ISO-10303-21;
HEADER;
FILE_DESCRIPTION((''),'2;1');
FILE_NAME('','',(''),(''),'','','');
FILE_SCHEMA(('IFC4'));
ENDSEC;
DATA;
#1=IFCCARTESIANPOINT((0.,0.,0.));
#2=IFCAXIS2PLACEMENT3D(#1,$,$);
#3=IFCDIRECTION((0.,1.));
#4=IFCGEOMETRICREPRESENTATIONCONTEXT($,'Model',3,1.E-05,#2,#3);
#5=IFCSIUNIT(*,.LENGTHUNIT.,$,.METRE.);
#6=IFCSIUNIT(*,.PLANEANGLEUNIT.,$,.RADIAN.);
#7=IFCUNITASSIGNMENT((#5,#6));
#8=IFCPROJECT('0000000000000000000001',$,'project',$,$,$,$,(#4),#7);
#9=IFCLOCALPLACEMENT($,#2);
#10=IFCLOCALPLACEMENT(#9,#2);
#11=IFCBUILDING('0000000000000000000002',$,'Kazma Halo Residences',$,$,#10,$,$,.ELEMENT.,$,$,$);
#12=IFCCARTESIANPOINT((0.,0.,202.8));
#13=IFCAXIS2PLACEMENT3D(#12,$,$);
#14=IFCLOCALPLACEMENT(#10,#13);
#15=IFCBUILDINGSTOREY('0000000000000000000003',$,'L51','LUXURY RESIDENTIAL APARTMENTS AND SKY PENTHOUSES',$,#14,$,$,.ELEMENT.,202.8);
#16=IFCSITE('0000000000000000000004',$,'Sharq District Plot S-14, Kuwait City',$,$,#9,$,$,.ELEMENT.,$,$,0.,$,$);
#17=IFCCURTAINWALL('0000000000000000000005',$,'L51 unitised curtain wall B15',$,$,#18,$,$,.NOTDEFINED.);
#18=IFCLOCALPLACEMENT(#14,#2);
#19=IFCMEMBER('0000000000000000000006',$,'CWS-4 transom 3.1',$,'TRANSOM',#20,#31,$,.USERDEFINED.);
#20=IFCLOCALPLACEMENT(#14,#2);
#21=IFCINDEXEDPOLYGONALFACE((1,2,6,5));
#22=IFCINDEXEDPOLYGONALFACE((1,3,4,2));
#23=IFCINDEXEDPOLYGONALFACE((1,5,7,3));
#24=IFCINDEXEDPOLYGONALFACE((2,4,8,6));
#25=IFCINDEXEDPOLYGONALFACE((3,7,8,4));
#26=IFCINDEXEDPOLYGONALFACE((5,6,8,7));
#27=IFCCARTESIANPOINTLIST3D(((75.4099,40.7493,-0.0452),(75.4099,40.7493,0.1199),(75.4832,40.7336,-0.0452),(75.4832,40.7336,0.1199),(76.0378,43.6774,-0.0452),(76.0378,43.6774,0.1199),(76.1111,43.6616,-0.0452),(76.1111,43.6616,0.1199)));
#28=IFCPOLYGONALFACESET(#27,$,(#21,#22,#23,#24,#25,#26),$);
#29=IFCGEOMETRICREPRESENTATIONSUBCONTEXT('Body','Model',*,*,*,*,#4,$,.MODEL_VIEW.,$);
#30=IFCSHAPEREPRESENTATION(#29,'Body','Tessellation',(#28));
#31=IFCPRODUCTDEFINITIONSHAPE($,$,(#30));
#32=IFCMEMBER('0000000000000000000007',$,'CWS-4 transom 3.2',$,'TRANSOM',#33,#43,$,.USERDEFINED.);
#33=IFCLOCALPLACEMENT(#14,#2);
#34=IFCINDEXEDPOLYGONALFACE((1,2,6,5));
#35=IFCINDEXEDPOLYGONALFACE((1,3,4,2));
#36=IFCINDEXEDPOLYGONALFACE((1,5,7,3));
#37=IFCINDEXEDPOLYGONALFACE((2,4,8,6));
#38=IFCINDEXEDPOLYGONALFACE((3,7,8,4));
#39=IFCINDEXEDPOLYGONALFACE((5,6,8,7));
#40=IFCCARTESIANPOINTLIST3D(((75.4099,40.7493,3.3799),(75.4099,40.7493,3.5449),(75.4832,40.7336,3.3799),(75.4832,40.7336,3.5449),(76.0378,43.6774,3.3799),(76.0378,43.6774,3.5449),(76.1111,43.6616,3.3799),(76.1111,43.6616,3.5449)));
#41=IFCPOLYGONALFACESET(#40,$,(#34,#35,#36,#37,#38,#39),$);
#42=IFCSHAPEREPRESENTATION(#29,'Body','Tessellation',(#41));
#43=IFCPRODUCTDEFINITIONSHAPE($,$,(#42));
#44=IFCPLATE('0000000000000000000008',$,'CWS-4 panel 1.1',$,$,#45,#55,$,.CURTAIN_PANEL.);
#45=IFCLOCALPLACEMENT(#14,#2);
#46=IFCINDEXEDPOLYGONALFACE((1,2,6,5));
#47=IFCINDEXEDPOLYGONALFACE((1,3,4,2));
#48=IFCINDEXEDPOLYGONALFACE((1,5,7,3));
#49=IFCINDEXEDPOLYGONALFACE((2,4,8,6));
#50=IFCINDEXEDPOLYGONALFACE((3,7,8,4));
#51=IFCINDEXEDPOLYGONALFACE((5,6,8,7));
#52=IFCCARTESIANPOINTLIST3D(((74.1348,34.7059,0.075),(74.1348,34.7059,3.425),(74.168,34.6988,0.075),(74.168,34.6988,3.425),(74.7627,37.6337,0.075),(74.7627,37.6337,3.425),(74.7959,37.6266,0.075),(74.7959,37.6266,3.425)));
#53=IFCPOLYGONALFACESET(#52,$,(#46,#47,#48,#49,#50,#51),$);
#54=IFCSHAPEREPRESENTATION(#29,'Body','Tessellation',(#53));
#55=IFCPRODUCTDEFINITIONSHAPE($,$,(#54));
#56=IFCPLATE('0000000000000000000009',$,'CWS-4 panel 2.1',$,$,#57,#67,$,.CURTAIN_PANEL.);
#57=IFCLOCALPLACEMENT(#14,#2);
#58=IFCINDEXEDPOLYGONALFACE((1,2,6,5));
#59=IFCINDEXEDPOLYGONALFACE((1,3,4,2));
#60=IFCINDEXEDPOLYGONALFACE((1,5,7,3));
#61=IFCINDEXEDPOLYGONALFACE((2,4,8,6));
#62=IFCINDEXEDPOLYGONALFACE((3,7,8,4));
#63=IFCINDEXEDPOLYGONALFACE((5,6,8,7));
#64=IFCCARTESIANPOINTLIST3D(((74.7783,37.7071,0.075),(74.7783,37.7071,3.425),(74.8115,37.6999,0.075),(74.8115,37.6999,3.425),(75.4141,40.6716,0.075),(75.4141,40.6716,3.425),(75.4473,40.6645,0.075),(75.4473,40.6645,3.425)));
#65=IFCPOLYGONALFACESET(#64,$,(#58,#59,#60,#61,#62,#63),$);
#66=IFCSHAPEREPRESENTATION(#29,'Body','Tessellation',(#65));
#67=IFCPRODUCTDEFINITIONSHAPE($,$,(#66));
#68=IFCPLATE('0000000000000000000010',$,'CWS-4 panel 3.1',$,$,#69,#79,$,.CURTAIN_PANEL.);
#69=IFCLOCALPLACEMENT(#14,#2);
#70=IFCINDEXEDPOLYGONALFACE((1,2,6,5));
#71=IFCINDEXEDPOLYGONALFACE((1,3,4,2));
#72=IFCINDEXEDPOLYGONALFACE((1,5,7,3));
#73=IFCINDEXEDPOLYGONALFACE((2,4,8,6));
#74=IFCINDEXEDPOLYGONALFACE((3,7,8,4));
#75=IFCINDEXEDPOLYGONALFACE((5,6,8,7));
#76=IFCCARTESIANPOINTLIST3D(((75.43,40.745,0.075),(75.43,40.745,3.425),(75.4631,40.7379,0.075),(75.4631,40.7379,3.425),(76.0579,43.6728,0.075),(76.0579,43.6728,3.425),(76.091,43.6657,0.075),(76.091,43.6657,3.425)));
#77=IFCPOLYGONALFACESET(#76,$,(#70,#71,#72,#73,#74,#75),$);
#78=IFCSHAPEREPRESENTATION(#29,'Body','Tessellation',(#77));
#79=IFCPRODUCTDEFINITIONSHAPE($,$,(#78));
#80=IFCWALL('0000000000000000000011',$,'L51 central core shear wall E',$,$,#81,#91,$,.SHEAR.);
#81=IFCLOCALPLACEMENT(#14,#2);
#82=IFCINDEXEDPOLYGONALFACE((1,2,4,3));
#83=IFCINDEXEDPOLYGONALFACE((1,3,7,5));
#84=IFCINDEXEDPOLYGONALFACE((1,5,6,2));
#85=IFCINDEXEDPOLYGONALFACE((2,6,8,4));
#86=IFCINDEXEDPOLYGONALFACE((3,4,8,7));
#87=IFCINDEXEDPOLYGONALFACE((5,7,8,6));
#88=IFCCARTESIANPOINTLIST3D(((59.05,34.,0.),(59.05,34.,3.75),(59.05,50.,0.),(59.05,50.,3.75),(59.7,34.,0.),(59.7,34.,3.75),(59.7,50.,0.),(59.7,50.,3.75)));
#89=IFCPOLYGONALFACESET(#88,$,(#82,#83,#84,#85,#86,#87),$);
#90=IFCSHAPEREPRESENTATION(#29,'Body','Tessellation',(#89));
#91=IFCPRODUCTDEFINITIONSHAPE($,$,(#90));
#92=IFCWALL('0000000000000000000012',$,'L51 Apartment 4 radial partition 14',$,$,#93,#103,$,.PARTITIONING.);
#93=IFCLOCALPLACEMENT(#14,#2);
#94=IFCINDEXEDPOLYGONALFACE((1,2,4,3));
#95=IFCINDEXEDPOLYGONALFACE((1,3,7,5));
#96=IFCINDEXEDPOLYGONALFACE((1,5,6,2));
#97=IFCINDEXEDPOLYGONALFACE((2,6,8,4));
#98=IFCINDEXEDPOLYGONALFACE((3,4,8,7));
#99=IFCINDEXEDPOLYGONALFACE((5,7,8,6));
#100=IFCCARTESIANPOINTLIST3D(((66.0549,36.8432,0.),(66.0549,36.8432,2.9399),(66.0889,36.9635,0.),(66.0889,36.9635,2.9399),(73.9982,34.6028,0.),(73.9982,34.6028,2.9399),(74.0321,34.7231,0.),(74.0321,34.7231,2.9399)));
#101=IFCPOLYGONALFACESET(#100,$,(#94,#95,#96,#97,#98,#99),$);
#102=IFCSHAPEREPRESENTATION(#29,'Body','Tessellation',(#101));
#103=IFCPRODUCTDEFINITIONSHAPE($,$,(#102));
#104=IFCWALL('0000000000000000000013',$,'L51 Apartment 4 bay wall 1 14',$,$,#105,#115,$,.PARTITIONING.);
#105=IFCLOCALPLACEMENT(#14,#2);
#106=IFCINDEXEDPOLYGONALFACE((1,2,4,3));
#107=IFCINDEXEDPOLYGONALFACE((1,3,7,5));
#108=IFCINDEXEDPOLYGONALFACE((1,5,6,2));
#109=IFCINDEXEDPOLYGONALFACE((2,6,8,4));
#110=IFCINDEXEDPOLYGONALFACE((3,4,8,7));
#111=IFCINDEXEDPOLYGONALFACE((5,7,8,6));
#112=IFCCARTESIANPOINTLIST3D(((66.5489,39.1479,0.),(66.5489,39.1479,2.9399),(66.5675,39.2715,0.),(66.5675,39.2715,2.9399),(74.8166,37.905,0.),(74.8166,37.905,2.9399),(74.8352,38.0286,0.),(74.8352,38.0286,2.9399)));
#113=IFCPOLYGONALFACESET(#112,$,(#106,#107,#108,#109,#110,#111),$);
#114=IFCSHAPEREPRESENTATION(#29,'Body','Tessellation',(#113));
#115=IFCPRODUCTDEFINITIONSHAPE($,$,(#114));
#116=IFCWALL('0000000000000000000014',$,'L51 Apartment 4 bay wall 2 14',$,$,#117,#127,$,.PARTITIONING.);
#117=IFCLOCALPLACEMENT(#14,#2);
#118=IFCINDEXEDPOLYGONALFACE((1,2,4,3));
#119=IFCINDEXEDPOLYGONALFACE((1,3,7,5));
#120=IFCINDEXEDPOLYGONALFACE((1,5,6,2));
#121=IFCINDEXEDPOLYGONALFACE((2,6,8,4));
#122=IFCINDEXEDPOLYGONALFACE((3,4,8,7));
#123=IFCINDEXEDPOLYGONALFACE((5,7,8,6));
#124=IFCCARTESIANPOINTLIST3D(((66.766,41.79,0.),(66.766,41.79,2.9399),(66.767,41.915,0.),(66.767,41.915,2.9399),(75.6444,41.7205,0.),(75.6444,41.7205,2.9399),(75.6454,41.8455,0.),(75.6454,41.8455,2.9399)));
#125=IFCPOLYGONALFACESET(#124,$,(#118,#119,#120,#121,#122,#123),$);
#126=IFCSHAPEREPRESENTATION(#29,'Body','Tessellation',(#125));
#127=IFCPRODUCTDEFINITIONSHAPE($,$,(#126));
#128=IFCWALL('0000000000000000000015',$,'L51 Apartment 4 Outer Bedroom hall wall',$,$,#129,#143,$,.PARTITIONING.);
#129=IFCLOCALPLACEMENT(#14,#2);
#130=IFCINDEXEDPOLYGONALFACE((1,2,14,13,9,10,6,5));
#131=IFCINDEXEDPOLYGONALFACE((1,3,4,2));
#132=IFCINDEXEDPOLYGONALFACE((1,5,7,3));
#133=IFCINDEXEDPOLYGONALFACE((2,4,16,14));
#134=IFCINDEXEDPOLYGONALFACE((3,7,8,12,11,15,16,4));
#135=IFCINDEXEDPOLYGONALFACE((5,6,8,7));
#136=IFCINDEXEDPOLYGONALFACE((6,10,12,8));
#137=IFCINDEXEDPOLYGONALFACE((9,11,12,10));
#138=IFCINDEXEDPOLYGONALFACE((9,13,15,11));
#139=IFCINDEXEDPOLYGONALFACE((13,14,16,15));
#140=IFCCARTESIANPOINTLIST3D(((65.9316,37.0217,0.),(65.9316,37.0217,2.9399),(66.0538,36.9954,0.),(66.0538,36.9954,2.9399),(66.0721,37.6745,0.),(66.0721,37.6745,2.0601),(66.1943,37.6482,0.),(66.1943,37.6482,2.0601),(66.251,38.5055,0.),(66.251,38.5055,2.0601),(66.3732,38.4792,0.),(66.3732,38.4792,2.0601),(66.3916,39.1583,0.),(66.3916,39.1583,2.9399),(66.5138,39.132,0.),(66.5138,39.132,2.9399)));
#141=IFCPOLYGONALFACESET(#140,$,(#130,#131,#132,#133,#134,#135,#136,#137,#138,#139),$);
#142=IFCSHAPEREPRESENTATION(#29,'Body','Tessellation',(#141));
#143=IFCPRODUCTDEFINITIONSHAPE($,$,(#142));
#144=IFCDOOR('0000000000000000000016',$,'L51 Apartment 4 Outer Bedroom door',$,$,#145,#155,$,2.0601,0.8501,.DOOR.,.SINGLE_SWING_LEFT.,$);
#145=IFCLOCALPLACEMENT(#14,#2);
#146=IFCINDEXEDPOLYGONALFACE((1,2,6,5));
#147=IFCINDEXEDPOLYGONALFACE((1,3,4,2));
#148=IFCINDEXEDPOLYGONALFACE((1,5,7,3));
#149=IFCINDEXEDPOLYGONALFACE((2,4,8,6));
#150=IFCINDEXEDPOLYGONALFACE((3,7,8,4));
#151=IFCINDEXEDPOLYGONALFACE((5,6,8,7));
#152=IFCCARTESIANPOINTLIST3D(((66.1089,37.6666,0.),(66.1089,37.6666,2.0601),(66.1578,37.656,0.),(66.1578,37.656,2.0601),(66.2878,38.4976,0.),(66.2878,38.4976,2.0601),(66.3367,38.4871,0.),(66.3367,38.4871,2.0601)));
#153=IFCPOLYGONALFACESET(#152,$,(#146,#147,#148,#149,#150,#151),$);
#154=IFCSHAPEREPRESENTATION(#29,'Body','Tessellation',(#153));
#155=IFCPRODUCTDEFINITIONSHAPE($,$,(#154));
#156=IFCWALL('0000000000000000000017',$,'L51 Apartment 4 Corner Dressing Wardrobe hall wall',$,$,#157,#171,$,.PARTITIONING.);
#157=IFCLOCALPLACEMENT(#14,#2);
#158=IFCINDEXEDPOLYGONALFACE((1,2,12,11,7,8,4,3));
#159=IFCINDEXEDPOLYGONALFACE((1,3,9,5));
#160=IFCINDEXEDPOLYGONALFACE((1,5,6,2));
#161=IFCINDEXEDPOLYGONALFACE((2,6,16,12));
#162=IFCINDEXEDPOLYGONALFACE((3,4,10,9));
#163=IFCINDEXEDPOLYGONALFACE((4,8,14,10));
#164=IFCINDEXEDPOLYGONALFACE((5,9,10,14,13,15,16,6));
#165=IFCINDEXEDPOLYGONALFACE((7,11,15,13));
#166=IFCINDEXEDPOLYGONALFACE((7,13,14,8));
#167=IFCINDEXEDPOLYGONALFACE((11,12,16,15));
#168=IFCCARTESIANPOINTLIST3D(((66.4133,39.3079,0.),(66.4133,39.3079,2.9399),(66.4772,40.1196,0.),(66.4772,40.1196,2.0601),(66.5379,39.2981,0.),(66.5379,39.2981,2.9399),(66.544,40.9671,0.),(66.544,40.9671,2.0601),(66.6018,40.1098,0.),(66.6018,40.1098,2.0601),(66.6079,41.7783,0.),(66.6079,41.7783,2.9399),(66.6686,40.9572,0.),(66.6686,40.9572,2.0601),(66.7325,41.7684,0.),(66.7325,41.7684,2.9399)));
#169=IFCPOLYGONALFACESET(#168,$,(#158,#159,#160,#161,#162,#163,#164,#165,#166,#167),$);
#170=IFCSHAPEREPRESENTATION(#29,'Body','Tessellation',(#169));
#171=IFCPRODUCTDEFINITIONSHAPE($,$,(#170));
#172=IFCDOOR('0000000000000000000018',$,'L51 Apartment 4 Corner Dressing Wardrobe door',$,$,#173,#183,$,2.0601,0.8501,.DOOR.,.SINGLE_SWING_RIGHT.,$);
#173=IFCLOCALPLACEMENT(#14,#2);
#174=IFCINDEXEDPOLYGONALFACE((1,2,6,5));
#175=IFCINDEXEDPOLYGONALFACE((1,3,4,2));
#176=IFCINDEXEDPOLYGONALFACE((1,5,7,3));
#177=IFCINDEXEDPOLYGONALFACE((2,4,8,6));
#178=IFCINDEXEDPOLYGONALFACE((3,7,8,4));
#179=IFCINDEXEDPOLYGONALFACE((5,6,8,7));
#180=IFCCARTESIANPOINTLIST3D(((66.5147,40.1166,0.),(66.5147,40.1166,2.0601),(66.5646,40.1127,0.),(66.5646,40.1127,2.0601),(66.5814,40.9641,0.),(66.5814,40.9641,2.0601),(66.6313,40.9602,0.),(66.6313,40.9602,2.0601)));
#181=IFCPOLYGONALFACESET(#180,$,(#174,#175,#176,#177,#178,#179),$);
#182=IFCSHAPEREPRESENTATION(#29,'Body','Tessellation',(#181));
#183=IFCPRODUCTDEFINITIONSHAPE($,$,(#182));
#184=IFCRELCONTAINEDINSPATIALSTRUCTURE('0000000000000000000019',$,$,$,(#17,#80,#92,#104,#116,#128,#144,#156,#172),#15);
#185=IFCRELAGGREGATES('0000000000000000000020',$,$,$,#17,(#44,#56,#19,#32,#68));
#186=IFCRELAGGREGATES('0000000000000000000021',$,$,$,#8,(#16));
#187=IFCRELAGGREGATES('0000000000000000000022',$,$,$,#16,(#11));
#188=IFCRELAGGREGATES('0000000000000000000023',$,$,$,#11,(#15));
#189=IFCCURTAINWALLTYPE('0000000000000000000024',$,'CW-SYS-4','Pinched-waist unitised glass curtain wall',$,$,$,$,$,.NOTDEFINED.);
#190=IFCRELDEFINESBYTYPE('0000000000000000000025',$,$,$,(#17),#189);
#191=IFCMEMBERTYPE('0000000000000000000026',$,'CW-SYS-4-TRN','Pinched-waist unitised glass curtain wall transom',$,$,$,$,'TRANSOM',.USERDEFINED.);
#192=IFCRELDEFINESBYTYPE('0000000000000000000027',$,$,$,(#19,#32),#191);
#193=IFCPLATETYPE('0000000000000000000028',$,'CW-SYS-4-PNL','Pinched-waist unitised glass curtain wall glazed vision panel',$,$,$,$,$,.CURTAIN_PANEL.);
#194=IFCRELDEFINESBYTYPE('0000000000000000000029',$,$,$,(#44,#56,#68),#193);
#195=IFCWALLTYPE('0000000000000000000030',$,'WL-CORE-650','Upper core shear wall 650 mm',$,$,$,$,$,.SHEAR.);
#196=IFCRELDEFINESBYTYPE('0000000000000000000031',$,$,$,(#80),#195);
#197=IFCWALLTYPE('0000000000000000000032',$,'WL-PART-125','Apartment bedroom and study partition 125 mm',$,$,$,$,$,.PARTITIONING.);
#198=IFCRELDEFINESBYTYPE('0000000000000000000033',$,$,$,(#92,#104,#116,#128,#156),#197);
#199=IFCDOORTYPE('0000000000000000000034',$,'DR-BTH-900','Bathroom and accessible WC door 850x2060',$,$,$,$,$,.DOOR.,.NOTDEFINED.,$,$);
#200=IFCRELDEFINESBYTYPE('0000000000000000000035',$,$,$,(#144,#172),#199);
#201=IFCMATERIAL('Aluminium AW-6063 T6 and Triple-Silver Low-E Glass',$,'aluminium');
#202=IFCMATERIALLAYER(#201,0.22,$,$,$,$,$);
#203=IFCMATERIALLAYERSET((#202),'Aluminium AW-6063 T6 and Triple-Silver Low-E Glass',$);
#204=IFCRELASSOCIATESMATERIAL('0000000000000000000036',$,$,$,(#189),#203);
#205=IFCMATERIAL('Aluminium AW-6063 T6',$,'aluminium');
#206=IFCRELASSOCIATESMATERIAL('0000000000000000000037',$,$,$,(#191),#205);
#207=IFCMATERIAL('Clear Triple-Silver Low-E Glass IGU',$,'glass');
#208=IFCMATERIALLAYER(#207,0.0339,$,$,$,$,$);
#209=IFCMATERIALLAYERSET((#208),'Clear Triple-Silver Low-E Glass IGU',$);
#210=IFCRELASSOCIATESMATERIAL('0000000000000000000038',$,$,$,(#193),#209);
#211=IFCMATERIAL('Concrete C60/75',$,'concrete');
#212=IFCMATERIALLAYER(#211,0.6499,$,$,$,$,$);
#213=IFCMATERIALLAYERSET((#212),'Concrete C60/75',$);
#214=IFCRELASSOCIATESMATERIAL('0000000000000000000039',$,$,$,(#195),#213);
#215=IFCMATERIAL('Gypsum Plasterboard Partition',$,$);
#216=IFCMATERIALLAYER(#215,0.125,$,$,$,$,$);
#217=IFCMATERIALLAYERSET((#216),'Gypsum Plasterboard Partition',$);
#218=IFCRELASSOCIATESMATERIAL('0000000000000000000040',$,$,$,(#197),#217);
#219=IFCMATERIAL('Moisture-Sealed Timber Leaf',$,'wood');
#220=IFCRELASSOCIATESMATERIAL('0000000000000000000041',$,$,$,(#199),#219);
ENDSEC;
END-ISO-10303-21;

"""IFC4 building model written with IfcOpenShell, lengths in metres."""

from ifc_helpers import new_model, si_unit, direction, frame, frame_2d, origin, origin_2d, place, context, subcontext, project, spatial, rectangle, extrude, material, layer, layer_set, material_profile, profile_set, type_object, element, fill, aggregate, save


model = new_model("IFC4")

# Units and contexts
model_context = context("Model", 3, precision=1e-05, world=origin(), true_north=direction((0.0, 1.0)))
body_context = subcontext(model_context, "Body", "Model", "MODEL_VIEW")
ifc_project = project(units=[si_unit("LENGTHUNIT", "METRE"), si_unit("PLANEANGLEUNIT", "RADIAN")], contexts=[model_context])

# Site, building, storey
site_placement = place(None, origin())
site = spatial("IfcSite", under=ifc_project, at=site_placement, Name="Sharq District Plot S-14, Kuwait City", CompositionType="ELEMENT", RefElevation=0.0)
building_placement = place(site_placement, origin())
building = spatial("IfcBuilding", under=site, at=building_placement, Name="Kazma Halo Residences", CompositionType="ELEMENT")
storey_placement = place(building_placement, frame((0.0, 0.0, 202.8)))
storey = spatial("IfcBuildingStorey", under=building, at=storey_placement, Name="L51", Description="LUXURY RESIDENTIAL APARTMENTS AND SKY PENTHOUSES", CompositionType="ELEMENT", Elevation=202.8)

# Curtain wall, members, plates
ifc_material_1 = material(Name="Aluminium AW-6063 T6 and Triple-Silver Low-E Glass", Category="aluminium")
ifc_layer_1 = layer(ifc_material_1, 0.22)
ifc_layer_set_1 = layer_set([ifc_layer_1], Name="Aluminium AW-6063 T6 and Triple-Silver Low-E Glass")
curtain_wall_type = type_object("IfcCurtainWallType", Name="CW-SYS-4", Description="Pinched-waist unitised glass curtain wall", PredefinedType="NOTDEFINED", material=ifc_layer_set_1)
curtain_wall_placement = place(storey_placement, origin())
curtain_wall = element("IfcCurtainWall", 1, at=curtain_wall_placement, inside=storey, type_object=curtain_wall_type, Name="L51 unitised curtain wall B15", PredefinedType="NOTDEFINED")
ifc_material_2 = material(Name="Aluminium AW-6063 T6", Category="aluminium")
ifc_material_profile_1 = material_profile(ifc_material_2, rectangle(XDim=0.075, YDim=0.165, at=origin_2d()), Name="CWT-75x165")
ifc_profile_set_1 = profile_set([ifc_material_profile_1], Name="Aluminium AW-6063 T6")
member_type_1 = type_object("IfcMemberType", Name="CW-SYS-4-TRN", Description="Pinched-waist unitised glass curtain wall transom", ElementType="TRANSOM", PredefinedType="USERDEFINED", material=ifc_profile_set_1)
member_1_placement = place(storey_placement, frame((75.4465, 40.7415, 0.0374), z_axis=(0.209691, 0.977768, 0.0), x_axis=(-0.977768, 0.209691, 0.0)))
member_1 = element("IfcMember", 2, at=member_1_placement, type_object=member_type_1, Name="CWS-4 transom 3.1", ObjectType="TRANSOM", PredefinedType="USERDEFINED", context=body_context, shape_type="SweptSolid", body=[
    extrude(rectangle(XDim=0.075, YDim=0.165, at=origin_2d()), origin(), (0.0, 0.0, 1.0), 2.9946),
])
member_2_placement = place(storey_placement, frame((75.4465, 40.7415, 3.4624), z_axis=(0.209691, 0.977768, 0.0), x_axis=(-0.977768, 0.209691, 0.0)))
member_2 = element("IfcMember", 3, at=member_2_placement, type_object=member_type_1, Name="CWS-4 transom 3.2", ObjectType="TRANSOM", PredefinedType="USERDEFINED", context=body_context, shape_type="SweptSolid", body=[
    extrude(rectangle(XDim=0.075, YDim=0.165, at=origin_2d()), origin(), (0.0, 0.0, 1.0), 2.9946),
])
ifc_material_3 = material(Name="Clear Triple-Silver Low-E Glass IGU", Category="glass")
ifc_layer_2 = layer(ifc_material_3, 0.0339)
ifc_layer_set_2 = layer_set([ifc_layer_2], Name="Clear Triple-Silver Low-E Glass IGU")
plate_type = type_object("IfcPlateType", Name="CW-SYS-4-PNL", Description="Pinched-waist unitised glass curtain wall glazed vision panel", PredefinedType="CURTAIN_PANEL", material=ifc_layer_set_2)
plate_1_placement = place(storey_placement, frame((74.4653, 36.1663, 0.075), z_axis=(0.0, 0.0, 1.0), x_axis=(0.20969, 0.977768, 0.0)))
plate_1 = element("IfcPlate", 4, at=plate_1_placement, type_object=plate_type, Name="CWS-4 panel 1.1", PredefinedType="CURTAIN_PANEL", context=body_context, shape_type="SweptSolid", body=[
    extrude(rectangle(XDim=2.9944, YDim=0.0339, at=origin_2d()), origin(), (0.0, 0.0, 1.0), 3.3501),
])
plate_2_placement = place(storey_placement, frame((75.1128, 39.1858, 0.075), z_axis=(0.0, 0.0, 1.0), x_axis=(0.20969, 0.977768, 0.0)))
plate_2 = element("IfcPlate", 5, at=plate_2_placement, type_object=plate_type, Name="CWS-4 panel 2.1", PredefinedType="CURTAIN_PANEL", context=body_context, shape_type="SweptSolid", body=[
    extrude(rectangle(XDim=3.032, YDim=0.0339, at=origin_2d()), origin(), (0.0, 0.0, 1.0), 3.3501),
])
plate_3_placement = place(storey_placement, frame((75.7605, 42.2053, 0.075), z_axis=(0.0, 0.0, 1.0), x_axis=(0.20969, 0.977768, 0.0)))
plate_3 = element("IfcPlate", 6, at=plate_3_placement, type_object=plate_type, Name="CWS-4 panel 3.1", PredefinedType="CURTAIN_PANEL", context=body_context, shape_type="SweptSolid", body=[
    extrude(rectangle(XDim=2.9944, YDim=0.0339, at=origin_2d()), origin(), (0.0, 0.0, 1.0), 3.3501),
])
aggregate(curtain_wall, [plate_1, plate_2, member_1, member_2, plate_3])

# Walls
ifc_material_4 = material(Name="Concrete C60/75", Category="concrete")
ifc_layer_3 = layer(ifc_material_4, 0.6499)
ifc_layer_set_3 = layer_set([ifc_layer_3], Name="Concrete C60/75")
wall_type_1 = type_object("IfcWallType", Name="WL-CORE-650", Description="Upper core shear wall 650 mm", PredefinedType="SHEAR", material=ifc_layer_set_3)
wall_1_placement = place(storey_placement, frame((59.375, 34.0, 0.0), z_axis=(0.0, 0.0, 1.0), x_axis=(0.0, 1.0, 0.0)))
element("IfcWall", 7, at=wall_1_placement, inside=storey, type_object=wall_type_1, Name="L51 central core shear wall E", PredefinedType="SHEAR", context=body_context, shape_type="SweptSolid", body=[
    extrude(rectangle(XDim=16.0, YDim=0.6499, at=frame_2d((8.0, 0.0))), origin(), (0.0, 0.0, 1.0), 3.75),
])
ifc_material_5 = material(Name="Gypsum Plasterboard Partition")
ifc_layer_4 = layer(ifc_material_5, 0.125)
ifc_layer_set_4 = layer_set([ifc_layer_4], Name="Gypsum Plasterboard Partition")
wall_type_2 = type_object("IfcWallType", Name="WL-PART-125", Description="Apartment bedroom and study partition 125 mm", PredefinedType="PARTITIONING", material=ifc_layer_set_4)
wall_2_placement = place(storey_placement, frame((66.072, 36.9033, 0.0), z_axis=(0.0, 0.0, 1.0), x_axis=(0.962448, -0.271465, 0.0)))
element("IfcWall", 8, at=wall_2_placement, inside=storey, type_object=wall_type_2, Name="L51 Apartment 4 radial partition 14", PredefinedType="PARTITIONING", context=body_context, shape_type="SweptSolid", body=[
    extrude(rectangle(XDim=8.2532, YDim=0.125, at=frame_2d((4.1265, 0.0))), origin(), (0.0, 0.0, 1.0), 2.9399),
])
wall_3_placement = place(storey_placement, frame((66.5583, 39.2097, 0.0), z_axis=(0.0, 0.0, 1.0), x_axis=(0.988887, -0.148666, 0.0)))
element("IfcWall", 9, at=wall_3_placement, inside=storey, type_object=wall_type_2, Name="L51 Apartment 4 bay wall 1 14", PredefinedType="PARTITIONING", context=body_context, shape_type="SweptSolid", body=[
    extrude(rectangle(XDim=8.3606, YDim=0.125, at=frame_2d((4.1802, 0.0))), origin(), (0.0, 0.0, 1.0), 2.9399),
])
wall_4_placement = place(storey_placement, frame((66.7664, 41.8525, 0.0), z_axis=(0.0, 0.0, 1.0), x_axis=(0.999969, -0.007837, 0.0)))
element("IfcWall", 10, at=wall_4_placement, inside=storey, type_object=wall_type_2, Name="L51 Apartment 4 bay wall 2 14", PredefinedType="PARTITIONING", context=body_context, shape_type="SweptSolid", body=[
    extrude(rectangle(XDim=8.8787, YDim=0.125, at=frame_2d((4.4395, 0.0))), origin(), (0.0, 0.0, 1.0), 2.9399),
])

# Walls, openings, doors
wall_5_placement = place(storey_placement, frame((65.9927, 37.0085, 0.0), z_axis=(0.0, 0.0, 1.0), x_axis=(0.210467, 0.977601, 0.0)))
wall_5 = element("IfcWall", 11, at=wall_5_placement, inside=storey, type_object=wall_type_2, Name="L51 Apartment 4 Outer Bedroom hall wall", PredefinedType="PARTITIONING", context=body_context, shape_type="SweptSolid", body=[
    extrude(rectangle(XDim=2.1855, YDim=0.125, at=frame_2d((1.0928, 0.0))), origin(), (0.0, 0.0, 1.0), 2.9399),
])
opening_1_placement = place(wall_5_placement, frame((0.6677, 0.0, 0.0)))
opening_1 = element("IfcOpeningElement", 12, at=opening_1_placement, cuts=wall_5, PredefinedType="OPENING", context=body_context, shape_type="SweptSolid", body=[
    extrude(rectangle(XDim=0.8501, YDim=2.0601, at=frame_2d((0.425, 1.03))), frame((0.0, 0.0725, 0.0), z_axis=(0.0, -1.0, 0.0), x_axis=(1.0, 0.0, 0.0)), (0.0, 0.0, 1.0), 0.145),
])
ifc_material_6 = material(Name="Moisture-Sealed Timber Leaf", Category="wood")
door_type = type_object("IfcDoorType", Name="DR-BTH-900", Description="Bathroom and accessible WC door 850x2060", OperationType="NOTDEFINED", PredefinedType="DOOR", material=ifc_material_6)
door_1_placement = place(opening_1_placement, origin())
door_1 = element("IfcDoor", 13, at=door_1_placement, inside=storey, type_object=door_type, Name="L51 Apartment 4 Outer Bedroom door", OperationType="SINGLE_SWING_LEFT", OverallHeight=2.0601, OverallWidth=0.8501, PredefinedType="DOOR", context=body_context, shape_type="SweptSolid", body=[
    extrude(rectangle(XDim=0.8501, YDim=2.0601, at=frame_2d((0.425, 1.03))), frame((0.0, 0.0249, 0.0), z_axis=(0.0, -1.0, 0.0), x_axis=(1.0, 0.0, 0.0)), (0.0, 0.0, 1.0), 0.05),
])
fill(opening_1, door_1)
wall_6_placement = place(storey_placement, frame((66.4756, 39.303, 0.0), z_axis=(0.0, 0.0, 1.0), x_axis=(0.07852, 0.996913, 0.0)))
wall_6 = element("IfcWall", 14, at=wall_6_placement, inside=storey, type_object=wall_type_2, Name="L51 Apartment 4 Corner Dressing Wardrobe hall wall", PredefinedType="PARTITIONING", context=body_context, shape_type="SweptSolid", body=[
    extrude(rectangle(XDim=2.478, YDim=0.125, at=frame_2d((1.239, 0.0))), origin(), (0.0, 0.0, 1.0), 2.9399),
])
opening_2_placement = place(wall_6_placement, frame((0.8142, 0.0, 0.0)))
opening_2 = element("IfcOpeningElement", 15, at=opening_2_placement, cuts=wall_6, PredefinedType="OPENING", context=body_context, shape_type="SweptSolid", body=[
    extrude(rectangle(XDim=0.8501, YDim=2.0601, at=frame_2d((0.425, 1.03))), frame((0.0, 0.0725, 0.0), z_axis=(0.0, -1.0, 0.0), x_axis=(1.0, 0.0, 0.0)), (0.0, 0.0, 1.0), 0.145),
])
door_2_placement = place(opening_2_placement, origin())
door_2 = element("IfcDoor", 16, at=door_2_placement, inside=storey, type_object=door_type, Name="L51 Apartment 4 Corner Dressing Wardrobe door", OperationType="SINGLE_SWING_RIGHT", OverallHeight=2.0601, OverallWidth=0.8501, PredefinedType="DOOR", context=body_context, shape_type="SweptSolid", body=[
    extrude(rectangle(XDim=0.8501, YDim=2.0601, at=frame_2d((0.425, 1.03))), frame((0.0, 0.0249, 0.0), z_axis=(0.0, -1.0, 0.0), x_axis=(1.0, 0.0, 0.0)), (0.0, 0.0, 1.0), 0.05),
])
fill(opening_2, door_2)

save(model, "model.ifc")
